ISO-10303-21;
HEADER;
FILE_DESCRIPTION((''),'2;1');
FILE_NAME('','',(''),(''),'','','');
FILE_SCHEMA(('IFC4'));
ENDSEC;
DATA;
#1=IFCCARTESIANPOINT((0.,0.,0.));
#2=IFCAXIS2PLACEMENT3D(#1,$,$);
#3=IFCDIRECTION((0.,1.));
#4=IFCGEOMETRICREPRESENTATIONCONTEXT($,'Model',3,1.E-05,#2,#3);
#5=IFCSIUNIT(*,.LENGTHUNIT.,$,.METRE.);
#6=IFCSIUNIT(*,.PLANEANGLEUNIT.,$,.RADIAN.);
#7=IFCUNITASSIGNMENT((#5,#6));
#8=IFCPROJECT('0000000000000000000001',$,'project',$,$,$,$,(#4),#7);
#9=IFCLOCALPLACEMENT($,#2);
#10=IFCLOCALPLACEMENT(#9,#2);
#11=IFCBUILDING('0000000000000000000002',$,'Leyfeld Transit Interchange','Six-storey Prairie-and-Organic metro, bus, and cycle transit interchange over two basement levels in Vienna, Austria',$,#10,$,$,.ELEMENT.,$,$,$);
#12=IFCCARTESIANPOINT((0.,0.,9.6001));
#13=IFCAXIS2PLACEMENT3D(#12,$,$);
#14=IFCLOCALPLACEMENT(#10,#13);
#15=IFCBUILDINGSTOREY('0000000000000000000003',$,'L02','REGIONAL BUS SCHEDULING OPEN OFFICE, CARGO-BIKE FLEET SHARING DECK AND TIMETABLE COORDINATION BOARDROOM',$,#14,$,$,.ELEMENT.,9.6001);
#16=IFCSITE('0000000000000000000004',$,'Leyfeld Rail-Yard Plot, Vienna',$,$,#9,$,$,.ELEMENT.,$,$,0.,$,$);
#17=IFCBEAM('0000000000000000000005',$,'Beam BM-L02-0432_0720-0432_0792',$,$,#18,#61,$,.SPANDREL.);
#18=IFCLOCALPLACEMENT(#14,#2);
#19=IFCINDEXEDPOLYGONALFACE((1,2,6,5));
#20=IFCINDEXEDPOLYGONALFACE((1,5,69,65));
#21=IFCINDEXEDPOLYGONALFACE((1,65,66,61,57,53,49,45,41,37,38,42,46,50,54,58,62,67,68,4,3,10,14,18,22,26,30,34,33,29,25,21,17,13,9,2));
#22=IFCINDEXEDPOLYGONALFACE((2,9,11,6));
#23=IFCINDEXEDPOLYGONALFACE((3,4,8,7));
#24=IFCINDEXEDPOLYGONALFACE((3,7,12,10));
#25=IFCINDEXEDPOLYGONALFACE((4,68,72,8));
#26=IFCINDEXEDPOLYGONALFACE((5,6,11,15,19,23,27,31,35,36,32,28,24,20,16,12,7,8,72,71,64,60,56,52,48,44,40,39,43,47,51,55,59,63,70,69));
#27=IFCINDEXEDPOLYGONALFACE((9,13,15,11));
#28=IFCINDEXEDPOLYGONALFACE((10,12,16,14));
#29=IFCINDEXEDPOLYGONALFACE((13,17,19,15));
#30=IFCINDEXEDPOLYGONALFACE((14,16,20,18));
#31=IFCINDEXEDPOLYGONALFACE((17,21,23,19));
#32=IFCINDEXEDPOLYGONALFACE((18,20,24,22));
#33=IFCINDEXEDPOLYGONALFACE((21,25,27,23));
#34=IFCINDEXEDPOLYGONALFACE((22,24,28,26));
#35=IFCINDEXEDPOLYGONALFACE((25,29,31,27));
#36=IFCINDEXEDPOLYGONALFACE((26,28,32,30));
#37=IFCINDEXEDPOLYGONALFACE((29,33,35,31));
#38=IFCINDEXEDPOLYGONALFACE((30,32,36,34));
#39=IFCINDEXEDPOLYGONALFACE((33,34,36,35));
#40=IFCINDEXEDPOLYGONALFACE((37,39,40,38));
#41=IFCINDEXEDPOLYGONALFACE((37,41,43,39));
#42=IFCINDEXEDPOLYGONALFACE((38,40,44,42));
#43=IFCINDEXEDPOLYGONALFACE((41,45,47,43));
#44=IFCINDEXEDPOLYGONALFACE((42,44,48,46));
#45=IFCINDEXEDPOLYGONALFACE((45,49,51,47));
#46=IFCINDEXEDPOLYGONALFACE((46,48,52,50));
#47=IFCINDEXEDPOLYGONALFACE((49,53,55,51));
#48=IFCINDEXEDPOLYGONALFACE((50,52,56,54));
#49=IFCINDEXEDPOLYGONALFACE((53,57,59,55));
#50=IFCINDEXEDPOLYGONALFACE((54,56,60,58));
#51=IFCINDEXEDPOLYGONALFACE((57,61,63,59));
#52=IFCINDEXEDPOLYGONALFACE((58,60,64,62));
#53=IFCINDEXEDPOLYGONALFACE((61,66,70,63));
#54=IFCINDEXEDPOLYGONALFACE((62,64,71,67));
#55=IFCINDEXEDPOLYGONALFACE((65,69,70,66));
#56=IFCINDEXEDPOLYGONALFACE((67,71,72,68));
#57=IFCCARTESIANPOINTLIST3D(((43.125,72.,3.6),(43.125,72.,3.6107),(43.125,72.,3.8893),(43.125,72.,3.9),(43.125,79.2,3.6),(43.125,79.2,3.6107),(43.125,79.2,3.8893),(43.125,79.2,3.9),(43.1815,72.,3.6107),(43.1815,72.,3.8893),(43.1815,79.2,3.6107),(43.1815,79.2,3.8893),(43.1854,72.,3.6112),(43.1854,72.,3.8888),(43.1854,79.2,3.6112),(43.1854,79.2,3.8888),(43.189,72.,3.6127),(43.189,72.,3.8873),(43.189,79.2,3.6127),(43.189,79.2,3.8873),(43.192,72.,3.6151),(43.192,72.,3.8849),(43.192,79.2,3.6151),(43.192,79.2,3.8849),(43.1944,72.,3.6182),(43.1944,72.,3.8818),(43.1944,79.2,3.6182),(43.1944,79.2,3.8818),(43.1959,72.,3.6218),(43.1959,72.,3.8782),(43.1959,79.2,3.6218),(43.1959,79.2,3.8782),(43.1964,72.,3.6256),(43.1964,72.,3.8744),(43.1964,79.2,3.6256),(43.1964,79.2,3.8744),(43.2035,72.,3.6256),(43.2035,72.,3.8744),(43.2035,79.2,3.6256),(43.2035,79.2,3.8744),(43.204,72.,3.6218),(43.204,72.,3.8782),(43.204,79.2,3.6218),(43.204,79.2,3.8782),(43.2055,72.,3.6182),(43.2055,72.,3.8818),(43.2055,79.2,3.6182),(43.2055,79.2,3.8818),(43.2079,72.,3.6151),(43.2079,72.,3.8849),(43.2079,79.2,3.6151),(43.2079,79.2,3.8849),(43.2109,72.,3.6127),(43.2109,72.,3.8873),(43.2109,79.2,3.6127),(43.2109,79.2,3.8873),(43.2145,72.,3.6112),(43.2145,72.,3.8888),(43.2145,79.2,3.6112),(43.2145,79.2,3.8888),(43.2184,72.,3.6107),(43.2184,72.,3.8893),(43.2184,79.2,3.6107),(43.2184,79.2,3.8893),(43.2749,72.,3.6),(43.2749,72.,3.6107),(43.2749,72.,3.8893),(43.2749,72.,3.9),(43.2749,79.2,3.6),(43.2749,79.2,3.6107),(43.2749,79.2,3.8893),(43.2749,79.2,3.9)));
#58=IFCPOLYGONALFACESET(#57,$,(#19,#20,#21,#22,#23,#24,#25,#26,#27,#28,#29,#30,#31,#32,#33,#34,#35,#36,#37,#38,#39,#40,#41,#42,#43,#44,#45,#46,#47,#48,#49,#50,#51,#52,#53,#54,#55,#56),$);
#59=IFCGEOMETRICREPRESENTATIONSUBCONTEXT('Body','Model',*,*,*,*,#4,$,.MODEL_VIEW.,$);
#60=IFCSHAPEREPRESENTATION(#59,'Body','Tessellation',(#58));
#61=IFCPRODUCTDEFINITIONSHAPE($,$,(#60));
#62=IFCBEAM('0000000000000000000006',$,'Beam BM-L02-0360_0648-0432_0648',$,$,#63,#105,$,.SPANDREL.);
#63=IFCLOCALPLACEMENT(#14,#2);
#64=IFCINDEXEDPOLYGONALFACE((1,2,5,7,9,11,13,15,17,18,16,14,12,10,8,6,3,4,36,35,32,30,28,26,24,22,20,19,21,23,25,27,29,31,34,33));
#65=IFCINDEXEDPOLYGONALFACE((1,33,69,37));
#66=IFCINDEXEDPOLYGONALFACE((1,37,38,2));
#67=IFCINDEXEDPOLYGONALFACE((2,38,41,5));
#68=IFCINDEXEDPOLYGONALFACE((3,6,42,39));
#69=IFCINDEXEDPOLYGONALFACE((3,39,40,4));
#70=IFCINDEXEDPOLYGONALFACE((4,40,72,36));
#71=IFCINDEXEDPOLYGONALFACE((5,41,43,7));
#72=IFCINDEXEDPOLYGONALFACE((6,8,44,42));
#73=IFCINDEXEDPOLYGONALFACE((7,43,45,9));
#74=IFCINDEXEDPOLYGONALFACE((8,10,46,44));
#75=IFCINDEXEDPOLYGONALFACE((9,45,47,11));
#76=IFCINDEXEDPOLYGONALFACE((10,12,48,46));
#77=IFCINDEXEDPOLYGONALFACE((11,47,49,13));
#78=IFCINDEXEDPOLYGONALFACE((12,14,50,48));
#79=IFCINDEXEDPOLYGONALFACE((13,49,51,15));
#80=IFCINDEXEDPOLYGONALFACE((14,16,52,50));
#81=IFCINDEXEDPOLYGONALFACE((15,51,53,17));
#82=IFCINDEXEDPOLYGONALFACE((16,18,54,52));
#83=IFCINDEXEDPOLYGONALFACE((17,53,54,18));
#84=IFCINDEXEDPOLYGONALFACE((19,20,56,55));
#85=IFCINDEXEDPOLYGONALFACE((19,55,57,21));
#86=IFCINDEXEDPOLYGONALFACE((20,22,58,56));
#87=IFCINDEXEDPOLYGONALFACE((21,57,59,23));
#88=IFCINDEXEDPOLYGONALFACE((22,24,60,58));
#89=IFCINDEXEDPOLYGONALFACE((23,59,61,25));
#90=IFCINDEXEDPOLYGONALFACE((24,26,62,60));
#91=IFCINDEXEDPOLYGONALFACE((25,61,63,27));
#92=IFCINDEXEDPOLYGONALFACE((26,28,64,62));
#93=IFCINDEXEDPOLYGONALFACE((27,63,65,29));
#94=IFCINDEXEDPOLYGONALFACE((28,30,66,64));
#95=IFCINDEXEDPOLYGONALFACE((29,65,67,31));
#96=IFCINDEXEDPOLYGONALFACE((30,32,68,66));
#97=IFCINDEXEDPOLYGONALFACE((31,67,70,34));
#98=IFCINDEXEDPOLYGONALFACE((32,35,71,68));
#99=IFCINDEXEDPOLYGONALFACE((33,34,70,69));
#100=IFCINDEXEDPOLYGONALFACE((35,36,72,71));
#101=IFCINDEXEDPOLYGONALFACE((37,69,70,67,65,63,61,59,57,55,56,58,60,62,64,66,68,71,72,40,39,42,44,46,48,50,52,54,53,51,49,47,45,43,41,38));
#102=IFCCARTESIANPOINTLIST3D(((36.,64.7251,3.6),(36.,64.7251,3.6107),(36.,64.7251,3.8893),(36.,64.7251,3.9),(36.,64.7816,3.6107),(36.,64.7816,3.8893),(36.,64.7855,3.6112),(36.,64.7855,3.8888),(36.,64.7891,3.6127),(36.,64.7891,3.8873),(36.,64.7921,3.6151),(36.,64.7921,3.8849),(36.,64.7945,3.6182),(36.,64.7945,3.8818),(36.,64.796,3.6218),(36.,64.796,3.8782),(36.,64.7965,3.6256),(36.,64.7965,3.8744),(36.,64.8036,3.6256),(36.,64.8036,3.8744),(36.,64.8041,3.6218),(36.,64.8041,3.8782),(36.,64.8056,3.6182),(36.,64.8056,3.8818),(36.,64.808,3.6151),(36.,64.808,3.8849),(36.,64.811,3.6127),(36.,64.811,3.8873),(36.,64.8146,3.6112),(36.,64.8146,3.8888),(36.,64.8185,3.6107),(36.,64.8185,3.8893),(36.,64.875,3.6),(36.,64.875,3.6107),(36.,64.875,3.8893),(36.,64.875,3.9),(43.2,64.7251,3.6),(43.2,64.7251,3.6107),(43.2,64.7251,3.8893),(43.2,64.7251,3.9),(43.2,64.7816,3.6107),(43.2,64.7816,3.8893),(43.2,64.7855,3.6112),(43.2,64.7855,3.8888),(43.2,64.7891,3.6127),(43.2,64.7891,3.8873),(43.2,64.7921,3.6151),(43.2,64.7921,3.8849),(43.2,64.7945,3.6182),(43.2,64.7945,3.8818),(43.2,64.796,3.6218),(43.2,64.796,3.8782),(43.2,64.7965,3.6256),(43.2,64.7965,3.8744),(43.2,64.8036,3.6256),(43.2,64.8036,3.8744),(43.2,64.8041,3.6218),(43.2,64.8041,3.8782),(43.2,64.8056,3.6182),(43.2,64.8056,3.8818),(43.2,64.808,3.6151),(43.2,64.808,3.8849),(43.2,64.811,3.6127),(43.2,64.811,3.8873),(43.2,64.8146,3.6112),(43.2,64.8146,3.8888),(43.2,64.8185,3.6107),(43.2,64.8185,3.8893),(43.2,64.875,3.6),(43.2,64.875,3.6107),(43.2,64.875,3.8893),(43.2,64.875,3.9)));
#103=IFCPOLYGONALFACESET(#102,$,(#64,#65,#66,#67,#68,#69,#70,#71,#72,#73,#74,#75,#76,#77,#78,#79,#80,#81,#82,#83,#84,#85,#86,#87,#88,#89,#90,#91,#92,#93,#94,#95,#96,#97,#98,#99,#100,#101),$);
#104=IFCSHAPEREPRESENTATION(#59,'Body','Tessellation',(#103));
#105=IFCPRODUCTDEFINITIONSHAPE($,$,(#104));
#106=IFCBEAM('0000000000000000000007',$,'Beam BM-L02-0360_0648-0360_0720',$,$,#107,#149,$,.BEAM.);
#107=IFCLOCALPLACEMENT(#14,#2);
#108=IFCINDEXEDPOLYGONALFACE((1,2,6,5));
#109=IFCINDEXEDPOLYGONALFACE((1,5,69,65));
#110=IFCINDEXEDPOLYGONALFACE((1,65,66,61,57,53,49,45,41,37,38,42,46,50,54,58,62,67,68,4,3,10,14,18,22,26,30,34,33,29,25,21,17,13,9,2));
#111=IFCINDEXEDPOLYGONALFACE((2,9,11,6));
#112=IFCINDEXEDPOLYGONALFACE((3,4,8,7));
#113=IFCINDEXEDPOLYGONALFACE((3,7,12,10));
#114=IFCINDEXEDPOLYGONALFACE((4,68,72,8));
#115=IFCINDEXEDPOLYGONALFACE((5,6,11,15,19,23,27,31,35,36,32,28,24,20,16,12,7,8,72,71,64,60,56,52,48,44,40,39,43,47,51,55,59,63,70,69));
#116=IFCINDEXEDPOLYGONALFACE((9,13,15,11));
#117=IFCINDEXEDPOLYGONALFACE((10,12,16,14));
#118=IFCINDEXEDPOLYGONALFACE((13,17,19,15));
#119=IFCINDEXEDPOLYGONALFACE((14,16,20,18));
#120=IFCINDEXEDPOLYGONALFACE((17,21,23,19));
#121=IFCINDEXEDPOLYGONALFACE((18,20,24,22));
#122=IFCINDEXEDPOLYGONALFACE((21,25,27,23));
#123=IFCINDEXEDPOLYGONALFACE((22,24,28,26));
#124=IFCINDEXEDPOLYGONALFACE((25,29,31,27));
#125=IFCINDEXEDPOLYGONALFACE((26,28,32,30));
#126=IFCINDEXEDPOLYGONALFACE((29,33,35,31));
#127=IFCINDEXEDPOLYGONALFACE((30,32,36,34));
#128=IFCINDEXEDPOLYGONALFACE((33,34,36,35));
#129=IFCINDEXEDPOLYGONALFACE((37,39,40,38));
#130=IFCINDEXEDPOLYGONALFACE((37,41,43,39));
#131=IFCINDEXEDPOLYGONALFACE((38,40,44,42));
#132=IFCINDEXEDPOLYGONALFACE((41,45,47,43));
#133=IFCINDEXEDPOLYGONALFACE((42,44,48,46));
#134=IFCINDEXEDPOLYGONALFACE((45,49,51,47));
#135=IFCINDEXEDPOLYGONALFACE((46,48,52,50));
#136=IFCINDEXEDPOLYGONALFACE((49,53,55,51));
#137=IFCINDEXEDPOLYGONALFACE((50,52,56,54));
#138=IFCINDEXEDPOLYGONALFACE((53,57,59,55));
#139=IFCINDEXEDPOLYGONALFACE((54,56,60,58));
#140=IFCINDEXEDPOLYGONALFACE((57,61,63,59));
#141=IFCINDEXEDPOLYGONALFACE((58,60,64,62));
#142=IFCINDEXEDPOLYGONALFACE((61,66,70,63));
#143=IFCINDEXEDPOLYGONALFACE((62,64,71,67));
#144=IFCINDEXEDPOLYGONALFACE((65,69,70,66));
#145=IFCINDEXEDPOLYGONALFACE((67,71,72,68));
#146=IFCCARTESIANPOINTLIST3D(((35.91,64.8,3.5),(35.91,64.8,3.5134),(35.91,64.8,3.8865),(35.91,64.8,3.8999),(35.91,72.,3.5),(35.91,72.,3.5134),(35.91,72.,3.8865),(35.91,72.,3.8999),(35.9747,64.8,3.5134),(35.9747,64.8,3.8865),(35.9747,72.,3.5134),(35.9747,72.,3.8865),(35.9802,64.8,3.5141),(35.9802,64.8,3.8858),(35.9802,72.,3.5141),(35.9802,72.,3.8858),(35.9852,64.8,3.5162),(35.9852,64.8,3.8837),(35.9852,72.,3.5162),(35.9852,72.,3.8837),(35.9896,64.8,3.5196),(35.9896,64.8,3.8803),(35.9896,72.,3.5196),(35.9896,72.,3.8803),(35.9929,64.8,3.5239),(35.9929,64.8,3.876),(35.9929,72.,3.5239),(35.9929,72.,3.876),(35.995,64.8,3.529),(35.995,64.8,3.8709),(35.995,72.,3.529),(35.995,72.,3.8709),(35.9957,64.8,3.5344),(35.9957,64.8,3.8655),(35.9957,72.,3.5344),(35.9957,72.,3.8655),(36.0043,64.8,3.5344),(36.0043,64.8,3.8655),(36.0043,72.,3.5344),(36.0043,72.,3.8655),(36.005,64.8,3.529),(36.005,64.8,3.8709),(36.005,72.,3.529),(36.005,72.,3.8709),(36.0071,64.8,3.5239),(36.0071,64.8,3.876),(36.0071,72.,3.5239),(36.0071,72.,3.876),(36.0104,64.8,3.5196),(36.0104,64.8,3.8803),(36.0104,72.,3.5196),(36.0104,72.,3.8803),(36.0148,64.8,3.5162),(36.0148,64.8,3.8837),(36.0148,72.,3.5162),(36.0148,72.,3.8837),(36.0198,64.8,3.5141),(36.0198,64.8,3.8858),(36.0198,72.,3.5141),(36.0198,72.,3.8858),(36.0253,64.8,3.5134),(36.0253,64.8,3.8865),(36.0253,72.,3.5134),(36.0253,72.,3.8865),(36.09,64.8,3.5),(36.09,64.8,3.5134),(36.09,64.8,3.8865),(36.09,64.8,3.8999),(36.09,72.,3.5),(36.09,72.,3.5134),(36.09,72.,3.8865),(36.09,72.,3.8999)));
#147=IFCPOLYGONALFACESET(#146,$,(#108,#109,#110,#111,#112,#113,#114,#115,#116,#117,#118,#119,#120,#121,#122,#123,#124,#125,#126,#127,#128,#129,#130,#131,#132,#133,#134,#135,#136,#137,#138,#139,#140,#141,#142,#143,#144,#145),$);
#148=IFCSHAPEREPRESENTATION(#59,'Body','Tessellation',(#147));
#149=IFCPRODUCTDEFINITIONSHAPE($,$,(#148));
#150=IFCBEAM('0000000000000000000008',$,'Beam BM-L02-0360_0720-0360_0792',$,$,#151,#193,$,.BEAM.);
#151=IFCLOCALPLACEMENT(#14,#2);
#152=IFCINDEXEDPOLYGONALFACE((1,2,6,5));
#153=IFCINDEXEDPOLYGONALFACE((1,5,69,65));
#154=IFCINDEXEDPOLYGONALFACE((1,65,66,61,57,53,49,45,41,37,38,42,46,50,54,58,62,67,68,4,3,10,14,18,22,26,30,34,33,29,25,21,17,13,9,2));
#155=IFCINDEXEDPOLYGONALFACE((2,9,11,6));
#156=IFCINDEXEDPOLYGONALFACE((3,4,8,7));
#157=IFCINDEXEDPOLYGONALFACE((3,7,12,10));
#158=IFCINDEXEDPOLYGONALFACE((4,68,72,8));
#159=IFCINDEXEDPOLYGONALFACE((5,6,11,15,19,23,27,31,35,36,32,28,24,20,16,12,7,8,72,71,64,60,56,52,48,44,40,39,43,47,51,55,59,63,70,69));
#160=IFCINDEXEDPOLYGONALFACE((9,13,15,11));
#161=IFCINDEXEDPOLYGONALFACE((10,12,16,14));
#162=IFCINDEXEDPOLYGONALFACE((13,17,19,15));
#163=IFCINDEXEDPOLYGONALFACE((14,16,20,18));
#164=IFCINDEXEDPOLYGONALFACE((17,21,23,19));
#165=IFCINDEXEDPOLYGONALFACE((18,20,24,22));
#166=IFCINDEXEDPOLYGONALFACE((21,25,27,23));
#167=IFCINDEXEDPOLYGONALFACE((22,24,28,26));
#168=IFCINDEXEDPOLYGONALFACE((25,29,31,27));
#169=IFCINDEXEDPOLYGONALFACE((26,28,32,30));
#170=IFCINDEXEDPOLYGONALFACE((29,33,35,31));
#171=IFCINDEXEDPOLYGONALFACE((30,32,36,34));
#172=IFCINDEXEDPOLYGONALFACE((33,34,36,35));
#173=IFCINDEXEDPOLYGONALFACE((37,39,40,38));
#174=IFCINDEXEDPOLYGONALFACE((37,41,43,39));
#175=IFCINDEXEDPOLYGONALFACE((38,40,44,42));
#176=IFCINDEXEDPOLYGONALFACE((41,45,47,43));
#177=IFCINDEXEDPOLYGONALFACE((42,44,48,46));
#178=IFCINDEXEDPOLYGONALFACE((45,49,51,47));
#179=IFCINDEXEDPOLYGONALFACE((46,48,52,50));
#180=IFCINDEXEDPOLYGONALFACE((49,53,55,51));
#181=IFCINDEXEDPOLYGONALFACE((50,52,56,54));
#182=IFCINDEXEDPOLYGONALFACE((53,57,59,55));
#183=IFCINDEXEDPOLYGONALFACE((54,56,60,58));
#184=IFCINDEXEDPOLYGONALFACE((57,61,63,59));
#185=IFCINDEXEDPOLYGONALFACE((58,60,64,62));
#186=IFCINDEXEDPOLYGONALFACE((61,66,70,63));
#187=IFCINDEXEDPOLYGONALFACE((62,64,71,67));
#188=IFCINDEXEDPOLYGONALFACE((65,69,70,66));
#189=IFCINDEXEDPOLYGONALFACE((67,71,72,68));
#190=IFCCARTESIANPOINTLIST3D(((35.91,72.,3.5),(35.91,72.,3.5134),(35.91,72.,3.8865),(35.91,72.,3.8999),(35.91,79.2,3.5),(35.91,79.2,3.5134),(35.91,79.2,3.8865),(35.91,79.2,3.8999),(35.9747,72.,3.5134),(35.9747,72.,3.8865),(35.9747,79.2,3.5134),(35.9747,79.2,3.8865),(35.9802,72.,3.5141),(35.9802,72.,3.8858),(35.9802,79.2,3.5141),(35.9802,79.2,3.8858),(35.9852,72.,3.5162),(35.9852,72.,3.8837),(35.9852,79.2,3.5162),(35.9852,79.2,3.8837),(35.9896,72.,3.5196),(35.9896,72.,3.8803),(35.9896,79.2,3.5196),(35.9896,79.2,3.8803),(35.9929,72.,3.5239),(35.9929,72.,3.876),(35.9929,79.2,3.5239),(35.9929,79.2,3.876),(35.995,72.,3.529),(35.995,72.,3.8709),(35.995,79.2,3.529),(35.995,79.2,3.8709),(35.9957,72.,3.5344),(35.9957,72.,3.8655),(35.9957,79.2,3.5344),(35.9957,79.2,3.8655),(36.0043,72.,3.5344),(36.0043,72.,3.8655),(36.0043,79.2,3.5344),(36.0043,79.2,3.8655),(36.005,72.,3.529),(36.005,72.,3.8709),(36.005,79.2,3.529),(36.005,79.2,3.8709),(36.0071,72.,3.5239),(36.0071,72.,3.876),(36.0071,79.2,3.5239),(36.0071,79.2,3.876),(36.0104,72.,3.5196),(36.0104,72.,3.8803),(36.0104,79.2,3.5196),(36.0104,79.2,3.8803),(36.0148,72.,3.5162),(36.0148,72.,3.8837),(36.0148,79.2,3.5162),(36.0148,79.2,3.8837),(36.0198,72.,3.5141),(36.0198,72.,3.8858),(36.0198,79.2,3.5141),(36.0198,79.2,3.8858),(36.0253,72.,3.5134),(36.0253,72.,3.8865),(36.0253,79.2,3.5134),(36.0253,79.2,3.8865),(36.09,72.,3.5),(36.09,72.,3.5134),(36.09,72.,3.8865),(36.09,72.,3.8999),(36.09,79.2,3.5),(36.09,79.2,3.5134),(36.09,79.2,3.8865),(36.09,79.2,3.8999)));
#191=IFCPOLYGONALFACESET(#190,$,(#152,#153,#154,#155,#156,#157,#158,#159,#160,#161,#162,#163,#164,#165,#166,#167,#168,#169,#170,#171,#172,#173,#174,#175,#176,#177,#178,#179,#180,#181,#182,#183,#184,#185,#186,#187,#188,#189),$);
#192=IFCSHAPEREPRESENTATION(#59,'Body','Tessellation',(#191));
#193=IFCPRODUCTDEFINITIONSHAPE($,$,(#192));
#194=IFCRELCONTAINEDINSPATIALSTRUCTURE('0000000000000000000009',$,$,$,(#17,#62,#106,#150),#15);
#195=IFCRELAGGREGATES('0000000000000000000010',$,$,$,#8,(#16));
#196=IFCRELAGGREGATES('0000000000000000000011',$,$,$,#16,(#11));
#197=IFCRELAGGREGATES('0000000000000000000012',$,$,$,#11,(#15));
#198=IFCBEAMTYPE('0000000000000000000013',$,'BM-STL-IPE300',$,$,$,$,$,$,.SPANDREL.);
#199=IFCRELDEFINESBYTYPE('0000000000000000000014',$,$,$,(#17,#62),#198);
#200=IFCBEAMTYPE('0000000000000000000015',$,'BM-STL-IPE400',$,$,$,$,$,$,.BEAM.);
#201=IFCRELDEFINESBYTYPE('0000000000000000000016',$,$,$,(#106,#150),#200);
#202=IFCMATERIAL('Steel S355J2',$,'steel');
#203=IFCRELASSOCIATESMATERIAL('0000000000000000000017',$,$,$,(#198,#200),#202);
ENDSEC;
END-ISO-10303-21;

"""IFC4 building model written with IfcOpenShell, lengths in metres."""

from ifc_helpers import new_model, si_unit, direction, frame, origin, origin_2d, place, context, subcontext, project, spatial, i_section, extrude, material, material_profile, profile_set, type_object, element, save


model = new_model("IFC4")

# Units and contexts
model_context = context("Model", 3, precision=1e-05, world=origin(), true_north=direction((0.0, 1.0)))
body_context = subcontext(model_context, "Body", "Model", "MODEL_VIEW")
ifc_project = project(units=[si_unit("LENGTHUNIT", "METRE"), si_unit("PLANEANGLEUNIT", "RADIAN")], contexts=[model_context])

# Site, building, storey
site_placement = place(None, origin())
site = spatial("IfcSite", under=ifc_project, at=site_placement, Name="Leyfeld Rail-Yard Plot, Vienna", CompositionType="ELEMENT", RefElevation=0.0)
building_placement = place(site_placement, origin())
building = spatial("IfcBuilding", under=site, at=building_placement, Name="Leyfeld Transit Interchange", Description="Six-storey Prairie-and-Organic metro, bus, and cycle transit interchange over two basement levels in Vienna, Austria", CompositionType="ELEMENT")
storey_placement = place(building_placement, frame((0.0, 0.0, 9.6001)))
storey = spatial("IfcBuildingStorey", under=building, at=storey_placement, Name="L02", Description="REGIONAL BUS SCHEDULING OPEN OFFICE, CARGO-BIKE FLEET SHARING DECK AND TIMETABLE COORDINATION BOARDROOM", CompositionType="ELEMENT", Elevation=9.6001)

# Beams
ifc_material_1 = material(Name="Steel S355J2", Category="steel")
ifc_material_profile_1 = material_profile(ifc_material_1, i_section(OverallWidth=0.1499, OverallDepth=0.3, WebThickness=0.0071, FlangeThickness=0.0107, FilletRadius=0.0149, at=origin_2d()), Name="IPE 300")
ifc_profile_set_1 = profile_set([ifc_material_profile_1], Name="Steel S355J2")
beam_type_1 = type_object("IfcBeamType", Name="BM-STL-IPE300", PredefinedType="SPANDREL", material=ifc_profile_set_1)
for number, where, z_axis, x_axis, name in (
    (1, (43.2, 72.0, 3.75), (0.0, 1.0, 0.0), (-1.0, 0.0, 0.0), "Beam BM-L02-0432_0720-0432_0792"),
    (2, (36.0, 64.8, 3.75), (1.0, 0.0, 0.0), (0.0, 1.0, 0.0), "Beam BM-L02-0360_0648-0432_0648"),
):
    element("IfcBeam", number, at=place(storey_placement, frame(where, z_axis=z_axis, x_axis=x_axis)), inside=storey, type_object=beam_type_1, Name=name, PredefinedType="SPANDREL", context=body_context, shape_type="SweptSolid", body=[
        extrude(i_section(OverallWidth=0.1499, OverallDepth=0.3, WebThickness=0.0071, FlangeThickness=0.0107, FilletRadius=0.0149, at=origin_2d()), origin(), (0.0, 0.0, 1.0), 7.2),
    ])
ifc_material_profile_2 = material_profile(ifc_material_1, i_section(OverallWidth=0.1799, OverallDepth=0.3999, WebThickness=0.0085, FlangeThickness=0.0134, FilletRadius=0.021, at=origin_2d()), Name="IPE 400")
ifc_profile_set_2 = profile_set([ifc_material_profile_2], Name="Steel S355J2")
beam_type_2 = type_object("IfcBeamType", Name="BM-STL-IPE400", PredefinedType="BEAM", material=ifc_profile_set_2)
for number, where, z_axis, x_axis, name in (
    (3, (36.0, 64.8, 3.7), (0.0, 1.0, 0.0), (-1.0, 0.0, 0.0), "Beam BM-L02-0360_0648-0360_0720"),
    (4, (36.0, 72.0, 3.7), (0.0, 1.0, 0.0), (-1.0, 0.0, 0.0), "Beam BM-L02-0360_0720-0360_0792"),
):
    element("IfcBeam", number, at=place(storey_placement, frame(where, z_axis=z_axis, x_axis=x_axis)), inside=storey, type_object=beam_type_2, Name=name, PredefinedType="BEAM", context=body_context, shape_type="SweptSolid", body=[
        extrude(i_section(OverallWidth=0.1799, OverallDepth=0.3999, WebThickness=0.0085, FlangeThickness=0.0134, FilletRadius=0.021, at=origin_2d()), origin(), (0.0, 0.0, 1.0), 7.2),
    ])

save(model, "model.ifc")
